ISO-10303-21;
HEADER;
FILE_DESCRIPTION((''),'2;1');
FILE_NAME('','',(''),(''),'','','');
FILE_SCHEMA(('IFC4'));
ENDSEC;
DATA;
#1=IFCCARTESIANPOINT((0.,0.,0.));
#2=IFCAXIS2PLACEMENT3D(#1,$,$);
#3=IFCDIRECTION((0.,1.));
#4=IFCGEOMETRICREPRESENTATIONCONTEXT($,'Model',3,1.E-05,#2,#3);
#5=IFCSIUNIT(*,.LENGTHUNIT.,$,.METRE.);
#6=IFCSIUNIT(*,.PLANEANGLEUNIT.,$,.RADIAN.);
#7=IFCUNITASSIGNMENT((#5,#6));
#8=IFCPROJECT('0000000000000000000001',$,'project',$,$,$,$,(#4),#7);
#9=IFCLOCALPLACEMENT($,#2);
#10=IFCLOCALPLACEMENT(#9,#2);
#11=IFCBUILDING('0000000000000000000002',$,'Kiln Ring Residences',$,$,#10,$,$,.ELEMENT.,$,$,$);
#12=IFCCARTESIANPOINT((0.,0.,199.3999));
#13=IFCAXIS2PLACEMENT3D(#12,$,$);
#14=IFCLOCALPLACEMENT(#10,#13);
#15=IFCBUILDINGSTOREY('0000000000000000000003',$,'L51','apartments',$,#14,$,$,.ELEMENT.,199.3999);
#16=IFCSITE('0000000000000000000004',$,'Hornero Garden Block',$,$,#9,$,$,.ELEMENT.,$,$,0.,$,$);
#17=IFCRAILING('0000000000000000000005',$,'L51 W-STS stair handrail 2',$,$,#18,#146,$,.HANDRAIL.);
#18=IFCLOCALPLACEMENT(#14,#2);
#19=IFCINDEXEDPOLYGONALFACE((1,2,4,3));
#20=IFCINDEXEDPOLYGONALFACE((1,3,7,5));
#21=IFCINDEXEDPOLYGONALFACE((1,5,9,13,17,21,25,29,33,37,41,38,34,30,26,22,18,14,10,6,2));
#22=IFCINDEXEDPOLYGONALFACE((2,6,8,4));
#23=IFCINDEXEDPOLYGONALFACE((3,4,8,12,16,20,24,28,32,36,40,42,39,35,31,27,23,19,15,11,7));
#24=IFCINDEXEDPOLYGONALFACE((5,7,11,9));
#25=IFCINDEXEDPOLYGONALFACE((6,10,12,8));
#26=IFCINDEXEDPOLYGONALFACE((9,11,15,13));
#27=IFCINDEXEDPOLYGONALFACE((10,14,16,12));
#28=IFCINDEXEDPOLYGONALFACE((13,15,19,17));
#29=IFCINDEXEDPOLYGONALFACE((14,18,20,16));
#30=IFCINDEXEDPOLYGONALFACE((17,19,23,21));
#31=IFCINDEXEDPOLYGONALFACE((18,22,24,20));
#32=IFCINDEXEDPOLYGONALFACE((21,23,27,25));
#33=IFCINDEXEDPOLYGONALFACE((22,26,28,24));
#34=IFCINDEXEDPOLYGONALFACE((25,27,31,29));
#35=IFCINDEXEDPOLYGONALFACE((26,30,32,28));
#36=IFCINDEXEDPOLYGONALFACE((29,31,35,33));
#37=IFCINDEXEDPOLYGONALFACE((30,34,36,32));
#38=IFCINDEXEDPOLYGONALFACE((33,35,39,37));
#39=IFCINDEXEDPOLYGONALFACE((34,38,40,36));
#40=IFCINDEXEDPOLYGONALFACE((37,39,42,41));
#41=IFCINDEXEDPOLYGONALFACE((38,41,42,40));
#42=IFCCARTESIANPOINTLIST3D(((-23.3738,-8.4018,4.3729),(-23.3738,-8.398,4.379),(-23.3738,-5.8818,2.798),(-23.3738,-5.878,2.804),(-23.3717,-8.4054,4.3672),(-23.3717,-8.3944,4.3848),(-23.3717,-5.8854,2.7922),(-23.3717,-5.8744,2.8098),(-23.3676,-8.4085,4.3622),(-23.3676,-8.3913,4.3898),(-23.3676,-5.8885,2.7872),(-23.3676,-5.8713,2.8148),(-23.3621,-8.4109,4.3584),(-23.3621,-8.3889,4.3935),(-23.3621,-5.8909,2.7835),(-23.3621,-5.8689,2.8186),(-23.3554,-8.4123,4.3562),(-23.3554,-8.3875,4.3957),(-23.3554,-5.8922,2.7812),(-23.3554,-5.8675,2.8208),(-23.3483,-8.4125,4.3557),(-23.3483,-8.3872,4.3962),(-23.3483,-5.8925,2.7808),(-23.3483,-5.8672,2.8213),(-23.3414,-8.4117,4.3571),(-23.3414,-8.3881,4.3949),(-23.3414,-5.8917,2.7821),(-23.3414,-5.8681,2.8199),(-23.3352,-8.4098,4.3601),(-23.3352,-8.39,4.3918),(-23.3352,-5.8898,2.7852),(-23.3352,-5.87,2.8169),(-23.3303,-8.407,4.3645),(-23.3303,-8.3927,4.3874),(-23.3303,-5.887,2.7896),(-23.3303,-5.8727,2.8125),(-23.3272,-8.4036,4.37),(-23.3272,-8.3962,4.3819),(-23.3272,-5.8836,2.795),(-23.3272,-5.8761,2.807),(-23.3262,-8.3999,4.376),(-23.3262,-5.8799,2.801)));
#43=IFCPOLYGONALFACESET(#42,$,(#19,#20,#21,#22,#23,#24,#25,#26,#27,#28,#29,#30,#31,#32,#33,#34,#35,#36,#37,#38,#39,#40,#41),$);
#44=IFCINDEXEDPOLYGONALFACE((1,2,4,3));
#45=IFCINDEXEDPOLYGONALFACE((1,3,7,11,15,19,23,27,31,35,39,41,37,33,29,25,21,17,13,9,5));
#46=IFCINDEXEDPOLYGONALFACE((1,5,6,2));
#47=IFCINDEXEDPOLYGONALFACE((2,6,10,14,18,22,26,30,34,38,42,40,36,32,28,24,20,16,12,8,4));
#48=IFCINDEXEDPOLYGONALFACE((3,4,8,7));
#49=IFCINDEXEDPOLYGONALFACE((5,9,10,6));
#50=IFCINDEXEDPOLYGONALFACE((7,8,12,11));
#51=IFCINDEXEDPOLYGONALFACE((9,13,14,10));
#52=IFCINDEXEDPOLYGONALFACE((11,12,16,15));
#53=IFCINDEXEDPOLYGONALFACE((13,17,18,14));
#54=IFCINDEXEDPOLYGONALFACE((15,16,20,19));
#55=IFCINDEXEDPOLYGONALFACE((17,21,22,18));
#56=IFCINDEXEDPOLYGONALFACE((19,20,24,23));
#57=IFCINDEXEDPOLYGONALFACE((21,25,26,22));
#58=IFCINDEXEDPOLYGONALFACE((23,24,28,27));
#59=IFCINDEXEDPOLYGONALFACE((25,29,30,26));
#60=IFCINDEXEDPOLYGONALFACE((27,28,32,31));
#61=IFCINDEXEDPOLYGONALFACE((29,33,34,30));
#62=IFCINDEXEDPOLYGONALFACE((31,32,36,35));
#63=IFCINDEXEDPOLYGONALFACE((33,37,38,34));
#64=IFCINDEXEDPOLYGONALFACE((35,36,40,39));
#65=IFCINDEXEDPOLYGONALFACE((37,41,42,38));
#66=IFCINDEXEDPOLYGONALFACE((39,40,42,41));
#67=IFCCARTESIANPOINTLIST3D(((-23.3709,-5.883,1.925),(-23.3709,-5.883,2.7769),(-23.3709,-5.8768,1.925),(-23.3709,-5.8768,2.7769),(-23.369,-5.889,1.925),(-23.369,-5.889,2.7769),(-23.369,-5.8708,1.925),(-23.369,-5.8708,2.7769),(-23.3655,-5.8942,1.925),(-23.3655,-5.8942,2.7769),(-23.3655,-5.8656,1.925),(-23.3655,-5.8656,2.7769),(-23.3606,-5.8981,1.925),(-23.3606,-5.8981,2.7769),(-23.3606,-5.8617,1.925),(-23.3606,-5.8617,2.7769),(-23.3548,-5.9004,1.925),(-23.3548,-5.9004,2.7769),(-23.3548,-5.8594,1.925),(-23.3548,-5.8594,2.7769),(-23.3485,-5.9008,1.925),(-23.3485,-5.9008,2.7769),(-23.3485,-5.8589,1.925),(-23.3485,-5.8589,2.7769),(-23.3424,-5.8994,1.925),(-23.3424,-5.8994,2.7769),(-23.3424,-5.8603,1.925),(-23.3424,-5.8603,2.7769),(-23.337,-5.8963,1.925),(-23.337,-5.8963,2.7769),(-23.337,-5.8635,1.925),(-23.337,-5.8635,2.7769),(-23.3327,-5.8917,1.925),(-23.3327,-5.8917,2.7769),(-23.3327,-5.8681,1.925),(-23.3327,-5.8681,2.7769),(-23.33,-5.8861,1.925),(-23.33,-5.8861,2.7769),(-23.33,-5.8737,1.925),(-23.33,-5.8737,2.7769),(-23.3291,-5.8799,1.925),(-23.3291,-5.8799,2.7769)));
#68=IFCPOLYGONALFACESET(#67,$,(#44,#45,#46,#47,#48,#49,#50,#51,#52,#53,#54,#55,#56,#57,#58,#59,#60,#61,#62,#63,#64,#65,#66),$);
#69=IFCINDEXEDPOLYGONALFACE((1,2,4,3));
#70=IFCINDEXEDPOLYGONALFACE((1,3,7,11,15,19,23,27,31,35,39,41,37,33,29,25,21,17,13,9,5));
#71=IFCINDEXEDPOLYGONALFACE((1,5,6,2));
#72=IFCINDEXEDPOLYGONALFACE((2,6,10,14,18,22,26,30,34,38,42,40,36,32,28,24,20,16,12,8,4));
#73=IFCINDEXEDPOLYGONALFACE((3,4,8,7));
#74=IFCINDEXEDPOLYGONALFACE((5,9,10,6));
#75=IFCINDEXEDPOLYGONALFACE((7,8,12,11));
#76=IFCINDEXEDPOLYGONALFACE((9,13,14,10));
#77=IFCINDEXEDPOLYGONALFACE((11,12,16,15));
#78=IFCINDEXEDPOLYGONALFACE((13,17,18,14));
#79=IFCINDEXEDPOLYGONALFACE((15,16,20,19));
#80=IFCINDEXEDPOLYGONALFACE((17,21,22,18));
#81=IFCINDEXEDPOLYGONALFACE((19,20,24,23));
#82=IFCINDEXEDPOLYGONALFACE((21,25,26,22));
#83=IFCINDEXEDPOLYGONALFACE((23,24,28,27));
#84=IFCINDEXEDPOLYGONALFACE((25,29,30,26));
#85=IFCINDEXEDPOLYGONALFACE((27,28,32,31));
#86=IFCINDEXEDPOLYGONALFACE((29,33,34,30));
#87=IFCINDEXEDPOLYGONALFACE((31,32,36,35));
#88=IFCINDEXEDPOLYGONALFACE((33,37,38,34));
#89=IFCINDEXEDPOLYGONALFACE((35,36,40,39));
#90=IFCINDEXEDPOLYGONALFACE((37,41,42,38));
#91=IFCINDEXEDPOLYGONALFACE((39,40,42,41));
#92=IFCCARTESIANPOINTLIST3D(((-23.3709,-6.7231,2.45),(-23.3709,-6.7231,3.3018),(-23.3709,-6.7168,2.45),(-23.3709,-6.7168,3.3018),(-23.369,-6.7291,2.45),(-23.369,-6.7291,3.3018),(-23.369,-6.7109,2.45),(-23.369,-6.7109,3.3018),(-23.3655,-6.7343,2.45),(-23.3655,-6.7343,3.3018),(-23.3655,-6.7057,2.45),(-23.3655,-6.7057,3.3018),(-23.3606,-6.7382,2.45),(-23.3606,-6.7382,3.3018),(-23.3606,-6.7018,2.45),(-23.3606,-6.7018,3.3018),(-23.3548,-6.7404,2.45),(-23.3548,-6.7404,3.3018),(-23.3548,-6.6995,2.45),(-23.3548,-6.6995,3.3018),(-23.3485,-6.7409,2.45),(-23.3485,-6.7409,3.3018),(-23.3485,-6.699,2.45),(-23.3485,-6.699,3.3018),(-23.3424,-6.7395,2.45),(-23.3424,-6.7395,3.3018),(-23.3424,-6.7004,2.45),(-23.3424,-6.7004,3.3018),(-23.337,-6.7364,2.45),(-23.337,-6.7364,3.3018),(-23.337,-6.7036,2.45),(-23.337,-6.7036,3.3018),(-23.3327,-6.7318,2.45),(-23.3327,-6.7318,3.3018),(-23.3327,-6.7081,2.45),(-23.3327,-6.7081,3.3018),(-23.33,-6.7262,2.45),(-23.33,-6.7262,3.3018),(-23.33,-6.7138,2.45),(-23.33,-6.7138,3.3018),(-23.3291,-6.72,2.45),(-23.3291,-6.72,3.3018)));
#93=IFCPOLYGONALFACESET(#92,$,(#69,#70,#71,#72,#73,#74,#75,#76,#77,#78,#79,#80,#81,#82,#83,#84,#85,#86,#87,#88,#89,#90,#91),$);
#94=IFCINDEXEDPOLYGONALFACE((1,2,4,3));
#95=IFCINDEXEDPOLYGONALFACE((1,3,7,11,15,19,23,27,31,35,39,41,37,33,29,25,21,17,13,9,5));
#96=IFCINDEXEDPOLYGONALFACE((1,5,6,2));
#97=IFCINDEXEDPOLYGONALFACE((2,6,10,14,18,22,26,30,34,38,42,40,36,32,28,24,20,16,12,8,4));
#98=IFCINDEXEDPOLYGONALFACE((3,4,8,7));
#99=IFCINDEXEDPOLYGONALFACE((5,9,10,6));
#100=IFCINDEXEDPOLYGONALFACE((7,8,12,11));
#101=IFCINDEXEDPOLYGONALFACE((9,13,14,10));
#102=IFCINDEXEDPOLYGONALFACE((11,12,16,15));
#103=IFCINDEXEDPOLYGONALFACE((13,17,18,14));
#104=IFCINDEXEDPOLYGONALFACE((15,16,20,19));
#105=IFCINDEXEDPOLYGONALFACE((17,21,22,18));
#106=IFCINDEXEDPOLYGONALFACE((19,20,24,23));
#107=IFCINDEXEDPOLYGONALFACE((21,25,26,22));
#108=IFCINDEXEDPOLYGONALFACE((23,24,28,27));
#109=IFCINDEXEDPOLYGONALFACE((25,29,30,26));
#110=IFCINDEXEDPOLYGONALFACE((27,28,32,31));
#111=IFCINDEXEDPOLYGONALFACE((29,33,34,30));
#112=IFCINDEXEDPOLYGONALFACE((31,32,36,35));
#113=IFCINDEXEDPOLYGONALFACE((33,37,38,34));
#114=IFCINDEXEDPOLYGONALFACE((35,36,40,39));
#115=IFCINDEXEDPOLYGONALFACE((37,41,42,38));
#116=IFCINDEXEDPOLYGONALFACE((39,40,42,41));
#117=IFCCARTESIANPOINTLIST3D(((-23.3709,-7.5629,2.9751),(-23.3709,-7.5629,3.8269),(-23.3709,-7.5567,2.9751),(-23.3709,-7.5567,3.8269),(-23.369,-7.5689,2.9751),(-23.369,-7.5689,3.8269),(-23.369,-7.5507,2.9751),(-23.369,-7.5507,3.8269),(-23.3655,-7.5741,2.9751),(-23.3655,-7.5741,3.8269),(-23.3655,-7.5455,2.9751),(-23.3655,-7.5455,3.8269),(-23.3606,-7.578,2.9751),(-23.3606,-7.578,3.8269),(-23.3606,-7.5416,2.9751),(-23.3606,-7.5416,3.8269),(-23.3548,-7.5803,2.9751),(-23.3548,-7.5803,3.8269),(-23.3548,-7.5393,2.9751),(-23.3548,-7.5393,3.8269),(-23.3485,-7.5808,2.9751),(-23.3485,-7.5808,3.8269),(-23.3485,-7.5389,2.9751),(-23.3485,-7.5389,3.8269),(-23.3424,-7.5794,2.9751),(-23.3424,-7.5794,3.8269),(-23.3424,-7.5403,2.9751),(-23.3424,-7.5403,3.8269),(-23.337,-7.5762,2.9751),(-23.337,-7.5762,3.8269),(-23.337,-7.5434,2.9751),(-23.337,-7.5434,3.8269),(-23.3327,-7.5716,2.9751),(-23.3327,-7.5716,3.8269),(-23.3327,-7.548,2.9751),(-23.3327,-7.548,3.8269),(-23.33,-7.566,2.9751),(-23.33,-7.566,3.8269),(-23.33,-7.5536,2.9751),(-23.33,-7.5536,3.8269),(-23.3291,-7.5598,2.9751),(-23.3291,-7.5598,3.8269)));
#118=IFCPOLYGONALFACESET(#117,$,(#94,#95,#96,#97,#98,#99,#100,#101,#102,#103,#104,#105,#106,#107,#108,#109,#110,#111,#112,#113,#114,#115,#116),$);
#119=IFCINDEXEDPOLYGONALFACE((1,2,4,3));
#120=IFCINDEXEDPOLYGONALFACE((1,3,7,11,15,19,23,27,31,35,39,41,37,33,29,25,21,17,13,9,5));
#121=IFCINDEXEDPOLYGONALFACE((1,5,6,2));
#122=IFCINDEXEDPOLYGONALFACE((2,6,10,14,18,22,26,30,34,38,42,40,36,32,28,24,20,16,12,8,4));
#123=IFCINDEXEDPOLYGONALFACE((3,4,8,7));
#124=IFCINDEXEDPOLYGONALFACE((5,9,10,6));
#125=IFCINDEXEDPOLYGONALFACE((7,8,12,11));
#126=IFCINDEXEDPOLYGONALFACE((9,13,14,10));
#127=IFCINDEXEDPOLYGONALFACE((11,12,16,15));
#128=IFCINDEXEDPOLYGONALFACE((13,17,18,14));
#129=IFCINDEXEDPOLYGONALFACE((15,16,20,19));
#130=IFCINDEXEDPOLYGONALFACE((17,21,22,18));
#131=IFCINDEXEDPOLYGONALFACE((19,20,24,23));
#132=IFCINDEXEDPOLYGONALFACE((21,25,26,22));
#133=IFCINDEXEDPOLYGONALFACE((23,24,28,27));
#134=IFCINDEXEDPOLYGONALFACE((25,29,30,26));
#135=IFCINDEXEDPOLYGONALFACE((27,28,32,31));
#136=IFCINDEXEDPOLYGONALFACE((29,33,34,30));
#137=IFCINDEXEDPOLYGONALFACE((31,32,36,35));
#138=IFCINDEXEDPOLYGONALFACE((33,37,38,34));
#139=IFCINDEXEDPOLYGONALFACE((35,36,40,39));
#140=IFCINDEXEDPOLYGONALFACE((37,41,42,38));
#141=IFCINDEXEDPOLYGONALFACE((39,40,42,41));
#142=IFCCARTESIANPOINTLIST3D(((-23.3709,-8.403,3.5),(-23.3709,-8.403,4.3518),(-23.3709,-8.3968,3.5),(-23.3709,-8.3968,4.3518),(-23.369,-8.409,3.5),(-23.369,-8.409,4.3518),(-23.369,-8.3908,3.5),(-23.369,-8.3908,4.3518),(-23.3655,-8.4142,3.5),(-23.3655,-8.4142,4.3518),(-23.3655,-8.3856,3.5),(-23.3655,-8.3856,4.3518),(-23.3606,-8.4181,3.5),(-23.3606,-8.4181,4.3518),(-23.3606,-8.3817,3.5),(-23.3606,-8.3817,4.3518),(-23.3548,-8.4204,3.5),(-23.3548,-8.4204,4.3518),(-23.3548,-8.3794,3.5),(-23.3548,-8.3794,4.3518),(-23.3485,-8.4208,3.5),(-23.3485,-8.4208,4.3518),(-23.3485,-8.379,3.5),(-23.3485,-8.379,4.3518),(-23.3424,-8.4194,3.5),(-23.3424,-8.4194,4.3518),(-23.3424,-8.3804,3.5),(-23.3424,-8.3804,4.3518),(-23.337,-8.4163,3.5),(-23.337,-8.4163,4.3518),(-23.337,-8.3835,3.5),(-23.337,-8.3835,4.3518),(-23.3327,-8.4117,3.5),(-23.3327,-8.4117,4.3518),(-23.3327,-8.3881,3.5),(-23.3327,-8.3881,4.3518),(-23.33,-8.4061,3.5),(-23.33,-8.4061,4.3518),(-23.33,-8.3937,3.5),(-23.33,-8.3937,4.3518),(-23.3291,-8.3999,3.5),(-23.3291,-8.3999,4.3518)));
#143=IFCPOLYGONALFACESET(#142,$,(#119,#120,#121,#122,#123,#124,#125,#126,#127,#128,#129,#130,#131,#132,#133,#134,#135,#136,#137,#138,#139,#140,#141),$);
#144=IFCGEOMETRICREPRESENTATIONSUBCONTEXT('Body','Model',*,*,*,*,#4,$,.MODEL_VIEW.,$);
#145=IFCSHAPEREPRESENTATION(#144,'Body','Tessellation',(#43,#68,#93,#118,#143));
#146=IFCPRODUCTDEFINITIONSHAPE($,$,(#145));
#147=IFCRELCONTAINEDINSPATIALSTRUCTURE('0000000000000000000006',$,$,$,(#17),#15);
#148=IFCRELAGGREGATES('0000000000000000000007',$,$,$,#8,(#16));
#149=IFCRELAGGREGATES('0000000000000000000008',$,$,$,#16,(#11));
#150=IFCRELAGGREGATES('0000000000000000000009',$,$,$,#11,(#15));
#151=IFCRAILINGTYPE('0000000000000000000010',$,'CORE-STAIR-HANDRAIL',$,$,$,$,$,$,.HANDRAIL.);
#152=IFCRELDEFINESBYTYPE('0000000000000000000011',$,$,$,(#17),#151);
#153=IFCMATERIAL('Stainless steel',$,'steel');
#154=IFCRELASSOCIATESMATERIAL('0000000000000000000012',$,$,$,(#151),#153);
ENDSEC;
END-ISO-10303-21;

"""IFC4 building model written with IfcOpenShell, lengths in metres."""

from ifc_helpers import new_model, si_unit, direction, frame, origin, origin_2d, place, context, subcontext, project, spatial, circle, extrude, material, type_object, element, save


model = new_model("IFC4")

# Units and contexts
model_context = context("Model", 3, precision=1e-05, world=origin(), true_north=direction((0.0, 1.0)))
body_context = subcontext(model_context, "Body", "Model", "MODEL_VIEW")
ifc_project = project(units=[si_unit("LENGTHUNIT", "METRE"), si_unit("PLANEANGLEUNIT", "RADIAN")], contexts=[model_context])

# Site, building, storey
site_placement = place(None, origin())
site = spatial("IfcSite", under=ifc_project, at=site_placement, Name="Hornero Garden Block", CompositionType="ELEMENT", RefElevation=0.0)
building_placement = place(site_placement, origin())
building = spatial("IfcBuilding", under=site, at=building_placement, Name="Kiln Ring Residences", CompositionType="ELEMENT")
storey_placement = place(building_placement, frame((0.0, 0.0, 199.3999)))
storey = spatial("IfcBuildingStorey", under=building, at=storey_placement, Name="L51", Description="apartments", CompositionType="ELEMENT", Elevation=199.3999)

# Railing
ifc_material_1 = material(Name="Stainless steel", Category="steel")
railing_type_1 = type_object("IfcRailingType", Name="CORE-STAIR-HANDRAIL", PredefinedType="HANDRAIL", material=ifc_material_1)
railing_1_placement = place(storey_placement, frame((-23.3501, -5.8799, 1.925)))
element("IfcRailing", 1, at=railing_1_placement, inside=storey, type_object=railing_type_1, Name="L51 W-STS stair handrail 2", PredefinedType="HANDRAIL", context=body_context, shape_type="SweptSolid", body=[
    extrude(circle(Radius=0.0239, at=origin_2d()), frame((0.0, 0.0, 0.876), z_axis=(0.0, -0.848008, 0.529984), x_axis=(1.0, 0.0, 0.0)), (0.0, 0.0, 1.0), 2.9717),
    extrude(circle(Radius=0.021, at=origin_2d()), origin(), (0.0, 0.0, 1.0), 0.8518),
    extrude(circle(Radius=0.021, at=origin_2d()), frame((0.0, -0.8401, 0.5249)), (0.0, 0.0, 1.0), 0.8518),
    extrude(circle(Radius=0.021, at=origin_2d()), frame((0.0, -1.6799, 1.05)), (0.0, 0.0, 1.0), 0.8518),
    extrude(circle(Radius=0.021, at=origin_2d()), frame((0.0, -2.52, 1.575)), (0.0, 0.0, 1.0), 0.8518),
])

save(model, "model.ifc")
